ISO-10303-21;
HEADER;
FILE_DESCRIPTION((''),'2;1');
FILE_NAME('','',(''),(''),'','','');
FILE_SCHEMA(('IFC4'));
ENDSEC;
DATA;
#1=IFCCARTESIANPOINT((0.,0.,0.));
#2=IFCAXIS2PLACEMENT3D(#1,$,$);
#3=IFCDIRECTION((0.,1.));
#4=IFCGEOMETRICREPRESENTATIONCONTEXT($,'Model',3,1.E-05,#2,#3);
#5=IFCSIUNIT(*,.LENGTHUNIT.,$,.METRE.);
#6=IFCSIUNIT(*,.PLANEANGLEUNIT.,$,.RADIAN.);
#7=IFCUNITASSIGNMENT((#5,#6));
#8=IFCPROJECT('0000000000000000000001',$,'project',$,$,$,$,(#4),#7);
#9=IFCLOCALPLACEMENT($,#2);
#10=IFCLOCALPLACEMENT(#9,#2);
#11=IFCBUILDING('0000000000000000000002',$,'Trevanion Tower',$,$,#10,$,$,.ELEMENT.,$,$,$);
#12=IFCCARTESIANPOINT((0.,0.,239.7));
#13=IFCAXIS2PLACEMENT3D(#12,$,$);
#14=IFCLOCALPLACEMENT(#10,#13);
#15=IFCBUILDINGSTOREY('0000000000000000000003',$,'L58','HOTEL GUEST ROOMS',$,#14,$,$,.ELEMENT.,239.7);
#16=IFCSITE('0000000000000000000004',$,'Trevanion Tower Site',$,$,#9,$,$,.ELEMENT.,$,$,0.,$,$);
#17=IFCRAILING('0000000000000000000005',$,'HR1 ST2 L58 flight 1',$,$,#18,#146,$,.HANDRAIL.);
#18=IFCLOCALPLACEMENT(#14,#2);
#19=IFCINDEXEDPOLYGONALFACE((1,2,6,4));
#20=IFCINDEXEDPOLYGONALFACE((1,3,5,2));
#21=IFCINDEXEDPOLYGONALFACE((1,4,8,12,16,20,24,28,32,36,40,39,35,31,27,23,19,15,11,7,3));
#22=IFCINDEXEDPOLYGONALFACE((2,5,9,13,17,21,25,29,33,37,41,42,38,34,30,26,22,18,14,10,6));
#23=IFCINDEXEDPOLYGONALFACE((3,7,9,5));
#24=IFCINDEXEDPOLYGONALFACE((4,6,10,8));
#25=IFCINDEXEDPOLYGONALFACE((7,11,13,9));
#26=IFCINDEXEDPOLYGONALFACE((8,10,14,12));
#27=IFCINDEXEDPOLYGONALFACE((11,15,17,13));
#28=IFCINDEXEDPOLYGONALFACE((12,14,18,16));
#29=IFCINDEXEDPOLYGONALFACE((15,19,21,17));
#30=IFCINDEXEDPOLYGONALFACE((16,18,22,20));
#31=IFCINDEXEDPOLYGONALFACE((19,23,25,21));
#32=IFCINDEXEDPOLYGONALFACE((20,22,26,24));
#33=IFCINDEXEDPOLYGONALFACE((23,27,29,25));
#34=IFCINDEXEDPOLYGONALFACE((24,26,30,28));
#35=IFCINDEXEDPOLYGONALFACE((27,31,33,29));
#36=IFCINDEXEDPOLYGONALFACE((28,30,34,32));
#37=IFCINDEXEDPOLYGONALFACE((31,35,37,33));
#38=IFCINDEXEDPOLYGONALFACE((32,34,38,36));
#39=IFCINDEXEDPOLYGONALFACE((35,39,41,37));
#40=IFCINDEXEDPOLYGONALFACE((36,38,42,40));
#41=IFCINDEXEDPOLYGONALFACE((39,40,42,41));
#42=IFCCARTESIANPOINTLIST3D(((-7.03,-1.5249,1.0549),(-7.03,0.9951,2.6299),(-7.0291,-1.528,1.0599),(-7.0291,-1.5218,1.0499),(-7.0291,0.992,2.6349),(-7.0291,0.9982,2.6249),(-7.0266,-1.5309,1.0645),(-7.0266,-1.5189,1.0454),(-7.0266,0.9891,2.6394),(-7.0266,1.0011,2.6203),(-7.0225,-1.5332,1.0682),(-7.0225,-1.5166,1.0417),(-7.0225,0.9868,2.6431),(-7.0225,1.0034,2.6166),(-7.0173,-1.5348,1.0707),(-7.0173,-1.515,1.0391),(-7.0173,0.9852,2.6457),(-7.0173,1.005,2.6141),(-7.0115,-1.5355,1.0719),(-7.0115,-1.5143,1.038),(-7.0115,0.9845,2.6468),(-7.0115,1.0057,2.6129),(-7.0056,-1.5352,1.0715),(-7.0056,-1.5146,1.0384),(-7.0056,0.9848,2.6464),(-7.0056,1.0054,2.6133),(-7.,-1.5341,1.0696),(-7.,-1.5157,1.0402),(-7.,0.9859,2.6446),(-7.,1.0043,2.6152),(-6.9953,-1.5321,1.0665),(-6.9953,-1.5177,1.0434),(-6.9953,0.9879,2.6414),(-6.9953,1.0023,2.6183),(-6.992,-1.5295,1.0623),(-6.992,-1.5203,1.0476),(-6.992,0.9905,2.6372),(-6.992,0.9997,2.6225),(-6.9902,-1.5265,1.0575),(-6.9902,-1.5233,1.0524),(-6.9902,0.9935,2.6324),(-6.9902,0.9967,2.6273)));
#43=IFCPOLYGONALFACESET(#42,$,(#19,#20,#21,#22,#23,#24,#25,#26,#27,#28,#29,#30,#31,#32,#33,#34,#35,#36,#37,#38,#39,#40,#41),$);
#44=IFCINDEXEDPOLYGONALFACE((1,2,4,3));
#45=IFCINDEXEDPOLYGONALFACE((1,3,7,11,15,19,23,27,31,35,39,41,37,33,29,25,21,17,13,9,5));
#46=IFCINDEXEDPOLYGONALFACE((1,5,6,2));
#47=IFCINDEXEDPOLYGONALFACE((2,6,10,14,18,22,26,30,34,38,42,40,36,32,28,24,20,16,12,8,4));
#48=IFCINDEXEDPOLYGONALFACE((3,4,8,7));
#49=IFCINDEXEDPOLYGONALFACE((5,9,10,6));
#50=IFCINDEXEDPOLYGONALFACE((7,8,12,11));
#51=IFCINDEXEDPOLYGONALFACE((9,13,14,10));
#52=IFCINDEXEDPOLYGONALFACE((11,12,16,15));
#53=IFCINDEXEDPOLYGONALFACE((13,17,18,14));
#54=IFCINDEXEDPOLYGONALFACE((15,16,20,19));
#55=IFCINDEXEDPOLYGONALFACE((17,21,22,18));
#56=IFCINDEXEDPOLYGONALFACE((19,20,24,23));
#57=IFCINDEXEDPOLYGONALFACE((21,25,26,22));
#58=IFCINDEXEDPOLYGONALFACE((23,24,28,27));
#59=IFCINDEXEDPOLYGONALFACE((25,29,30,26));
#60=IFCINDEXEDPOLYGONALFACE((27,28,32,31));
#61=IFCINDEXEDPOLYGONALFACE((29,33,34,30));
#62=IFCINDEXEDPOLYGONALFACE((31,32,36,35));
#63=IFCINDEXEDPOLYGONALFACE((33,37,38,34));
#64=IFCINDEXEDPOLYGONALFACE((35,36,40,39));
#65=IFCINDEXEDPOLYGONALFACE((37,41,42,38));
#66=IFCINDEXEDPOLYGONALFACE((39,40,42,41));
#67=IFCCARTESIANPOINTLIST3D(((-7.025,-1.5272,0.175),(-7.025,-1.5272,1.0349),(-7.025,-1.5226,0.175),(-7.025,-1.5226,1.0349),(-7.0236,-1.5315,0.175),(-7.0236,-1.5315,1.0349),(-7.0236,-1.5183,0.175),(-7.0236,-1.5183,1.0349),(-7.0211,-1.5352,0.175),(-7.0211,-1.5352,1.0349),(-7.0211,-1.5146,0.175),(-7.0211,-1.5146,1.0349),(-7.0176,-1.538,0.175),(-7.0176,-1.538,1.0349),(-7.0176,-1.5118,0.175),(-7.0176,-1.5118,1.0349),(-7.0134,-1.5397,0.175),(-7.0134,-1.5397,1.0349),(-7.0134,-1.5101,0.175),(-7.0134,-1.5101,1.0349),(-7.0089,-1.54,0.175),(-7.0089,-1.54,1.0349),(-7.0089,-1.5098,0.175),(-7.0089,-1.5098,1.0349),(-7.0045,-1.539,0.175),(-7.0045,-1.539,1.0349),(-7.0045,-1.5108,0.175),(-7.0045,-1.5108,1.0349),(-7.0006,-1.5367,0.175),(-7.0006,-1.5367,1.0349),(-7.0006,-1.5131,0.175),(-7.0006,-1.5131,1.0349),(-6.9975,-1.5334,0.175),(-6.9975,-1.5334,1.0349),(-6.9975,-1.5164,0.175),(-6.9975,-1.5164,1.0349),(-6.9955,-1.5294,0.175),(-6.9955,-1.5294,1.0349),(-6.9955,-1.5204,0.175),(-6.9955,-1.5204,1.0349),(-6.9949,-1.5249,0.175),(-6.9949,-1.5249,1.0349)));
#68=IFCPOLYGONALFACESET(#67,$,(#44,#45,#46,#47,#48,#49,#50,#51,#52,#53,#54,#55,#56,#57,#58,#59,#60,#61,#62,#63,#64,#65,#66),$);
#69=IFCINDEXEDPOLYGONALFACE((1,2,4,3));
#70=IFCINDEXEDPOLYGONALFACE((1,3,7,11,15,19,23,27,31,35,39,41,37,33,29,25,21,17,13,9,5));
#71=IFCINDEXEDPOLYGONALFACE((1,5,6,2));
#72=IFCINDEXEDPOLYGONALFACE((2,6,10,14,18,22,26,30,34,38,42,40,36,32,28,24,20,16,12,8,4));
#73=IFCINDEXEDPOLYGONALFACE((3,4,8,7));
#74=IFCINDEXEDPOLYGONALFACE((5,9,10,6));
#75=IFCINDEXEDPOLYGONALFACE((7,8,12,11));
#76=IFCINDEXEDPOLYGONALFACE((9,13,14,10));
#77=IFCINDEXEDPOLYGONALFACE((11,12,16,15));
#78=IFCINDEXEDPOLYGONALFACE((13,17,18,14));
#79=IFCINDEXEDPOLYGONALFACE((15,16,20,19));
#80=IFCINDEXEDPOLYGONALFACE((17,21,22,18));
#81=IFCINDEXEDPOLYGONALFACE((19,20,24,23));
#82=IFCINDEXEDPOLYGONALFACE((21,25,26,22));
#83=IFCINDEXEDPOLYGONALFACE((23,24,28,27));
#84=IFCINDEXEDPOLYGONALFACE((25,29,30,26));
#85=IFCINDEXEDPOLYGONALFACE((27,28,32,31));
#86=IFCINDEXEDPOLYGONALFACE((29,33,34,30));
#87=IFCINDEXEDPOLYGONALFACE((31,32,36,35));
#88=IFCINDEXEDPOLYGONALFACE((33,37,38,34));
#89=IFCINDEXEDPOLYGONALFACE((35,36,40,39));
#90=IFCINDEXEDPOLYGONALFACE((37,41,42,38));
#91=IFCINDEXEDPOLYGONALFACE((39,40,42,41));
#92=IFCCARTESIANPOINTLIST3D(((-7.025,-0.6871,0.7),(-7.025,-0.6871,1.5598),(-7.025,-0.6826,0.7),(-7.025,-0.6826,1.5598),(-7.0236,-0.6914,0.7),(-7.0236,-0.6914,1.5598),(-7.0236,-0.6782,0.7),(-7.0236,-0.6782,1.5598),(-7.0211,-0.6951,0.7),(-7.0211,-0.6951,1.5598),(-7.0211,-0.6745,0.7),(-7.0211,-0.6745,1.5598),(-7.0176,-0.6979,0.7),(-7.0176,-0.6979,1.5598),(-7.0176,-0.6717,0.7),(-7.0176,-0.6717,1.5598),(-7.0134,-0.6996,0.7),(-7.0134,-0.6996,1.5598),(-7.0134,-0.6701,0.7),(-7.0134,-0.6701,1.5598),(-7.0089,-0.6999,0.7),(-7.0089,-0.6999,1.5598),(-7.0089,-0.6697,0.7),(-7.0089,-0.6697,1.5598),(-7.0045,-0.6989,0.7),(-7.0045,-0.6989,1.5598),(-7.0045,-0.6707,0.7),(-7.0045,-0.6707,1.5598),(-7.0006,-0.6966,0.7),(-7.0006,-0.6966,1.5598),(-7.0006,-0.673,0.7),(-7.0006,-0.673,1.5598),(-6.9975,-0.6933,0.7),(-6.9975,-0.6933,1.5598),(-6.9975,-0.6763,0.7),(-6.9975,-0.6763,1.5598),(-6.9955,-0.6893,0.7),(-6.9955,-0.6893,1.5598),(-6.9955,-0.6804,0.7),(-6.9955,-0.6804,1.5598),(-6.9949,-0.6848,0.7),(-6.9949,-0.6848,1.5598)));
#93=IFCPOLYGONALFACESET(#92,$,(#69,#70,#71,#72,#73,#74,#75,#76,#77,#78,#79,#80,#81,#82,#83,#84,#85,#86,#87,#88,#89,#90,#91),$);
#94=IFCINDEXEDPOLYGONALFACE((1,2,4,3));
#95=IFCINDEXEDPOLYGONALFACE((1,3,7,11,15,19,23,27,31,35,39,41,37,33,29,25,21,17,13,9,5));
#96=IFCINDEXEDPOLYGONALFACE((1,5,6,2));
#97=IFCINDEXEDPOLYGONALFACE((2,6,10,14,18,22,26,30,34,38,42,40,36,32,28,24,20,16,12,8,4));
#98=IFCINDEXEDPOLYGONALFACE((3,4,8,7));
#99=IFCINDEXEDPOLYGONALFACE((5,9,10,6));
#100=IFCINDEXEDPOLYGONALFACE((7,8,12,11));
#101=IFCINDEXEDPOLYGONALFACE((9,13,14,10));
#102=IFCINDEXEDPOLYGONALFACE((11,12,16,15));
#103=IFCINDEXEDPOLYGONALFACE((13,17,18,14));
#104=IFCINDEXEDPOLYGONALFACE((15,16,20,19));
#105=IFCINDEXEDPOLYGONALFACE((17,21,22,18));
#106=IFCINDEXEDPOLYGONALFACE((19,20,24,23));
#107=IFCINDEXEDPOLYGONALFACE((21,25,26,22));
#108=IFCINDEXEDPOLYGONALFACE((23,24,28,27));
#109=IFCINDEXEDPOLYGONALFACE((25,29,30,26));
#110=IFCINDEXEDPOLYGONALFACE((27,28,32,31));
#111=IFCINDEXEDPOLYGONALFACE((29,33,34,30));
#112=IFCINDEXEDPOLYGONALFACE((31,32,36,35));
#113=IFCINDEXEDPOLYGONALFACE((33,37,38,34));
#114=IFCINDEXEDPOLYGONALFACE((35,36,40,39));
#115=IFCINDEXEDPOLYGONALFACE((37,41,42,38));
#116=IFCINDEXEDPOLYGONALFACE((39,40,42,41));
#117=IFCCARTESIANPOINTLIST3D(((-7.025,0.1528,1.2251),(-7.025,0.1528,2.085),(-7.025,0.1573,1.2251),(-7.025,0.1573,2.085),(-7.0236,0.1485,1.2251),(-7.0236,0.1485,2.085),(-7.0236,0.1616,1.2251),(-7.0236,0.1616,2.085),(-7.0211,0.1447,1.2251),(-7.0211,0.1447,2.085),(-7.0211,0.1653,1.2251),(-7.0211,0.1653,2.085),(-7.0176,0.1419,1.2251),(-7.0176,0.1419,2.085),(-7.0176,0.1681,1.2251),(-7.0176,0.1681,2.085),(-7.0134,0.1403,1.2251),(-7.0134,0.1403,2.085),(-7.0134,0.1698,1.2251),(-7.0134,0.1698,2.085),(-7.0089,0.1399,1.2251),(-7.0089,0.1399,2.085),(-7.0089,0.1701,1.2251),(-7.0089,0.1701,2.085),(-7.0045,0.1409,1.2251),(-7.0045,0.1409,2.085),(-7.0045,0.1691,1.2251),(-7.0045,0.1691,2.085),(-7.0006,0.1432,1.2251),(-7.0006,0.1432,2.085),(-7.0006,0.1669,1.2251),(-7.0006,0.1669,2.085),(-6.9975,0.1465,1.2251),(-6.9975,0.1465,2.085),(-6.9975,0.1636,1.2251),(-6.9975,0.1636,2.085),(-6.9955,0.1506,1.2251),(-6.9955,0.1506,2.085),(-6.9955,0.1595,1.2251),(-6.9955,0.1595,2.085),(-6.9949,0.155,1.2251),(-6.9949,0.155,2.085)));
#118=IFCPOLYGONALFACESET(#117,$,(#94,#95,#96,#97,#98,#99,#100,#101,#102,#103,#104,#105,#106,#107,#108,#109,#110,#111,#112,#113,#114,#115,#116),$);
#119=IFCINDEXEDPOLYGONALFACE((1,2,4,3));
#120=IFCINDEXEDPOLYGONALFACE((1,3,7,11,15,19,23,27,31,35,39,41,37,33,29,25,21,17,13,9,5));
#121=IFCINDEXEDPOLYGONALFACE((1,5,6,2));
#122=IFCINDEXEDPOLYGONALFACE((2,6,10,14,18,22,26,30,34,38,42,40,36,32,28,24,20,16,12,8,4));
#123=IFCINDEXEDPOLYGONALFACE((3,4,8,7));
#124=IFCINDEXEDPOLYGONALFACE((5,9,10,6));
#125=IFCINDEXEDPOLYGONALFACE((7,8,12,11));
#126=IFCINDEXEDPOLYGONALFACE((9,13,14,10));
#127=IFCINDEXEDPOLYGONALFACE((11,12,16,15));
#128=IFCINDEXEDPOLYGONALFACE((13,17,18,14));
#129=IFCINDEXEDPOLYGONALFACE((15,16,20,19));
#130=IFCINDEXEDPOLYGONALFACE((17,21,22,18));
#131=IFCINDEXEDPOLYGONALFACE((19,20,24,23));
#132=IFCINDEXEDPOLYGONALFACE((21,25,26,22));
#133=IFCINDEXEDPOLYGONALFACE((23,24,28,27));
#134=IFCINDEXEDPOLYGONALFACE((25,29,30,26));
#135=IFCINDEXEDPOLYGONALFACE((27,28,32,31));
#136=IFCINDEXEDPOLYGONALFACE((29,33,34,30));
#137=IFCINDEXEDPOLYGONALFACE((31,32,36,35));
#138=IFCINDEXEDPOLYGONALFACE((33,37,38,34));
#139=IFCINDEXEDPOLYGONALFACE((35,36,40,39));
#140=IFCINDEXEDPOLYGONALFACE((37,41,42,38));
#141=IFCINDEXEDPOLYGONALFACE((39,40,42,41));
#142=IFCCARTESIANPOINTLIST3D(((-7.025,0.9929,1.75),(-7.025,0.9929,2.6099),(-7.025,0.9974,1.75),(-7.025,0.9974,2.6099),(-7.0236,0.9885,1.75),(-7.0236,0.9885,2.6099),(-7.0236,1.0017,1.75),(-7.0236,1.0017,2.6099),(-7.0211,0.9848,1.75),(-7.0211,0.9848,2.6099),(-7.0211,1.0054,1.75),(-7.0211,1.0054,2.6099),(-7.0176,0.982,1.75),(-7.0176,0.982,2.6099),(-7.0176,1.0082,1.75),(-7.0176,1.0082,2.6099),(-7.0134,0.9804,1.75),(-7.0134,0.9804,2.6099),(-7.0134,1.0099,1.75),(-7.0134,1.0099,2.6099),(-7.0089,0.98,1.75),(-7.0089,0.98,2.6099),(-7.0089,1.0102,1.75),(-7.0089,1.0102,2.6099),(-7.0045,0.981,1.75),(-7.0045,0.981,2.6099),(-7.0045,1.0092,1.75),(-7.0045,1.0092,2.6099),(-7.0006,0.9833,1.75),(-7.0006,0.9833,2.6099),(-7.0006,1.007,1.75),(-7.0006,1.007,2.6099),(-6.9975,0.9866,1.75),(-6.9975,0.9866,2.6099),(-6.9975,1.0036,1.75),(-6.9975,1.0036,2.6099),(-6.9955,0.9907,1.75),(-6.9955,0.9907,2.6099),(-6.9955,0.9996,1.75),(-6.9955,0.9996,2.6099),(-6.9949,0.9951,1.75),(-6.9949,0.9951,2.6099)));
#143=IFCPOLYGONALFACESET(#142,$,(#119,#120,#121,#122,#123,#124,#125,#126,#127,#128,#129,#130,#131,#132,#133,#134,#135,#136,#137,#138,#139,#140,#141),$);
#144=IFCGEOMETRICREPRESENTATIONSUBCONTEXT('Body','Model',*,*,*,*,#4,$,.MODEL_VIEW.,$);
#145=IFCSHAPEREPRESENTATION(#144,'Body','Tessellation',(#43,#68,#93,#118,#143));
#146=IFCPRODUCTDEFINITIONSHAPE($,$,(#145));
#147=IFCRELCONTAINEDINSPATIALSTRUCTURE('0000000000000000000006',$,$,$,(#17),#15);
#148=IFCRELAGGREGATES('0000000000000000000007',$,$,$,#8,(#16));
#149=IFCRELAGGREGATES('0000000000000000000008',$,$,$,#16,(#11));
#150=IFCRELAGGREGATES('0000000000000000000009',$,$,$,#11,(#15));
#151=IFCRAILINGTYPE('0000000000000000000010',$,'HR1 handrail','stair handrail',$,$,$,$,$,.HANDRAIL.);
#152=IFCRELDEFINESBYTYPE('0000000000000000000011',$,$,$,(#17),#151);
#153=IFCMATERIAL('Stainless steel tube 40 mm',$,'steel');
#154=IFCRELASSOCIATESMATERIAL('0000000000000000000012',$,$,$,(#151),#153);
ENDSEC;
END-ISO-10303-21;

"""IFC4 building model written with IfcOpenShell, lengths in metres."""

from ifc_helpers import new_model, si_unit, direction, frame, origin, origin_2d, place, context, subcontext, project, spatial, circle, extrude, material, type_object, element, save


model = new_model("IFC4")

# Units and contexts
model_context = context("Model", 3, precision=1e-05, world=origin(), true_north=direction((0.0, 1.0)))
body_context = subcontext(model_context, "Body", "Model", "MODEL_VIEW")
ifc_project = project(units=[si_unit("LENGTHUNIT", "METRE"), si_unit("PLANEANGLEUNIT", "RADIAN")], contexts=[model_context])

# Site, building, storey
site_placement = place(None, origin())
site = spatial("IfcSite", under=ifc_project, at=site_placement, Name="Trevanion Tower Site", CompositionType="ELEMENT", RefElevation=0.0)
building_placement = place(site_placement, origin())
building = spatial("IfcBuilding", under=site, at=building_placement, Name="Trevanion Tower", CompositionType="ELEMENT")
storey_placement = place(building_placement, frame((0.0, 0.0, 239.7)))
storey = spatial("IfcBuildingStorey", under=building, at=storey_placement, Name="L58", Description="HOTEL GUEST ROOMS", CompositionType="ELEMENT", Elevation=239.7)

# Railing
ifc_material_1 = material(Name="Stainless steel tube 40 mm", Category="steel")
railing_type = type_object("IfcRailingType", Name="HR1 handrail", Description="stair handrail", PredefinedType="HANDRAIL", material=ifc_material_1)
for number, where, name in (
    (1, (-7.01, -1.5249, 0.175), "HR1 ST2 L58 flight 1"),
):
    element("IfcRailing", number, at=place(storey_placement, frame(where)), inside=storey, type_object=railing_type, Name=name, PredefinedType="HANDRAIL", context=body_context, shape_type="SweptSolid", body=[
        extrude(circle(Radius=0.02, at=origin_2d()), frame((0.0, 0.0, 0.8799), z_axis=(0.0, 0.848008, 0.529984), x_axis=(-1.0, 0.0, 0.0)), (0.0, 0.0, 1.0), 2.9717),
        extrude(circle(Radius=0.0151, at=origin_2d()), origin(), (0.0, 0.0, 1.0), 0.8599),
        extrude(circle(Radius=0.0151, at=origin_2d()), frame((0.0, 0.8401, 0.5249)), (0.0, 0.0, 1.0), 0.8599),
        extrude(circle(Radius=0.0151, at=origin_2d()), frame((0.0, 1.6799, 1.05)), (0.0, 0.0, 1.0), 0.8599),
        extrude(circle(Radius=0.0151, at=origin_2d()), frame((0.0, 2.52, 1.575)), (0.0, 0.0, 1.0), 0.8599),
    ])

save(model, "model.ifc")
